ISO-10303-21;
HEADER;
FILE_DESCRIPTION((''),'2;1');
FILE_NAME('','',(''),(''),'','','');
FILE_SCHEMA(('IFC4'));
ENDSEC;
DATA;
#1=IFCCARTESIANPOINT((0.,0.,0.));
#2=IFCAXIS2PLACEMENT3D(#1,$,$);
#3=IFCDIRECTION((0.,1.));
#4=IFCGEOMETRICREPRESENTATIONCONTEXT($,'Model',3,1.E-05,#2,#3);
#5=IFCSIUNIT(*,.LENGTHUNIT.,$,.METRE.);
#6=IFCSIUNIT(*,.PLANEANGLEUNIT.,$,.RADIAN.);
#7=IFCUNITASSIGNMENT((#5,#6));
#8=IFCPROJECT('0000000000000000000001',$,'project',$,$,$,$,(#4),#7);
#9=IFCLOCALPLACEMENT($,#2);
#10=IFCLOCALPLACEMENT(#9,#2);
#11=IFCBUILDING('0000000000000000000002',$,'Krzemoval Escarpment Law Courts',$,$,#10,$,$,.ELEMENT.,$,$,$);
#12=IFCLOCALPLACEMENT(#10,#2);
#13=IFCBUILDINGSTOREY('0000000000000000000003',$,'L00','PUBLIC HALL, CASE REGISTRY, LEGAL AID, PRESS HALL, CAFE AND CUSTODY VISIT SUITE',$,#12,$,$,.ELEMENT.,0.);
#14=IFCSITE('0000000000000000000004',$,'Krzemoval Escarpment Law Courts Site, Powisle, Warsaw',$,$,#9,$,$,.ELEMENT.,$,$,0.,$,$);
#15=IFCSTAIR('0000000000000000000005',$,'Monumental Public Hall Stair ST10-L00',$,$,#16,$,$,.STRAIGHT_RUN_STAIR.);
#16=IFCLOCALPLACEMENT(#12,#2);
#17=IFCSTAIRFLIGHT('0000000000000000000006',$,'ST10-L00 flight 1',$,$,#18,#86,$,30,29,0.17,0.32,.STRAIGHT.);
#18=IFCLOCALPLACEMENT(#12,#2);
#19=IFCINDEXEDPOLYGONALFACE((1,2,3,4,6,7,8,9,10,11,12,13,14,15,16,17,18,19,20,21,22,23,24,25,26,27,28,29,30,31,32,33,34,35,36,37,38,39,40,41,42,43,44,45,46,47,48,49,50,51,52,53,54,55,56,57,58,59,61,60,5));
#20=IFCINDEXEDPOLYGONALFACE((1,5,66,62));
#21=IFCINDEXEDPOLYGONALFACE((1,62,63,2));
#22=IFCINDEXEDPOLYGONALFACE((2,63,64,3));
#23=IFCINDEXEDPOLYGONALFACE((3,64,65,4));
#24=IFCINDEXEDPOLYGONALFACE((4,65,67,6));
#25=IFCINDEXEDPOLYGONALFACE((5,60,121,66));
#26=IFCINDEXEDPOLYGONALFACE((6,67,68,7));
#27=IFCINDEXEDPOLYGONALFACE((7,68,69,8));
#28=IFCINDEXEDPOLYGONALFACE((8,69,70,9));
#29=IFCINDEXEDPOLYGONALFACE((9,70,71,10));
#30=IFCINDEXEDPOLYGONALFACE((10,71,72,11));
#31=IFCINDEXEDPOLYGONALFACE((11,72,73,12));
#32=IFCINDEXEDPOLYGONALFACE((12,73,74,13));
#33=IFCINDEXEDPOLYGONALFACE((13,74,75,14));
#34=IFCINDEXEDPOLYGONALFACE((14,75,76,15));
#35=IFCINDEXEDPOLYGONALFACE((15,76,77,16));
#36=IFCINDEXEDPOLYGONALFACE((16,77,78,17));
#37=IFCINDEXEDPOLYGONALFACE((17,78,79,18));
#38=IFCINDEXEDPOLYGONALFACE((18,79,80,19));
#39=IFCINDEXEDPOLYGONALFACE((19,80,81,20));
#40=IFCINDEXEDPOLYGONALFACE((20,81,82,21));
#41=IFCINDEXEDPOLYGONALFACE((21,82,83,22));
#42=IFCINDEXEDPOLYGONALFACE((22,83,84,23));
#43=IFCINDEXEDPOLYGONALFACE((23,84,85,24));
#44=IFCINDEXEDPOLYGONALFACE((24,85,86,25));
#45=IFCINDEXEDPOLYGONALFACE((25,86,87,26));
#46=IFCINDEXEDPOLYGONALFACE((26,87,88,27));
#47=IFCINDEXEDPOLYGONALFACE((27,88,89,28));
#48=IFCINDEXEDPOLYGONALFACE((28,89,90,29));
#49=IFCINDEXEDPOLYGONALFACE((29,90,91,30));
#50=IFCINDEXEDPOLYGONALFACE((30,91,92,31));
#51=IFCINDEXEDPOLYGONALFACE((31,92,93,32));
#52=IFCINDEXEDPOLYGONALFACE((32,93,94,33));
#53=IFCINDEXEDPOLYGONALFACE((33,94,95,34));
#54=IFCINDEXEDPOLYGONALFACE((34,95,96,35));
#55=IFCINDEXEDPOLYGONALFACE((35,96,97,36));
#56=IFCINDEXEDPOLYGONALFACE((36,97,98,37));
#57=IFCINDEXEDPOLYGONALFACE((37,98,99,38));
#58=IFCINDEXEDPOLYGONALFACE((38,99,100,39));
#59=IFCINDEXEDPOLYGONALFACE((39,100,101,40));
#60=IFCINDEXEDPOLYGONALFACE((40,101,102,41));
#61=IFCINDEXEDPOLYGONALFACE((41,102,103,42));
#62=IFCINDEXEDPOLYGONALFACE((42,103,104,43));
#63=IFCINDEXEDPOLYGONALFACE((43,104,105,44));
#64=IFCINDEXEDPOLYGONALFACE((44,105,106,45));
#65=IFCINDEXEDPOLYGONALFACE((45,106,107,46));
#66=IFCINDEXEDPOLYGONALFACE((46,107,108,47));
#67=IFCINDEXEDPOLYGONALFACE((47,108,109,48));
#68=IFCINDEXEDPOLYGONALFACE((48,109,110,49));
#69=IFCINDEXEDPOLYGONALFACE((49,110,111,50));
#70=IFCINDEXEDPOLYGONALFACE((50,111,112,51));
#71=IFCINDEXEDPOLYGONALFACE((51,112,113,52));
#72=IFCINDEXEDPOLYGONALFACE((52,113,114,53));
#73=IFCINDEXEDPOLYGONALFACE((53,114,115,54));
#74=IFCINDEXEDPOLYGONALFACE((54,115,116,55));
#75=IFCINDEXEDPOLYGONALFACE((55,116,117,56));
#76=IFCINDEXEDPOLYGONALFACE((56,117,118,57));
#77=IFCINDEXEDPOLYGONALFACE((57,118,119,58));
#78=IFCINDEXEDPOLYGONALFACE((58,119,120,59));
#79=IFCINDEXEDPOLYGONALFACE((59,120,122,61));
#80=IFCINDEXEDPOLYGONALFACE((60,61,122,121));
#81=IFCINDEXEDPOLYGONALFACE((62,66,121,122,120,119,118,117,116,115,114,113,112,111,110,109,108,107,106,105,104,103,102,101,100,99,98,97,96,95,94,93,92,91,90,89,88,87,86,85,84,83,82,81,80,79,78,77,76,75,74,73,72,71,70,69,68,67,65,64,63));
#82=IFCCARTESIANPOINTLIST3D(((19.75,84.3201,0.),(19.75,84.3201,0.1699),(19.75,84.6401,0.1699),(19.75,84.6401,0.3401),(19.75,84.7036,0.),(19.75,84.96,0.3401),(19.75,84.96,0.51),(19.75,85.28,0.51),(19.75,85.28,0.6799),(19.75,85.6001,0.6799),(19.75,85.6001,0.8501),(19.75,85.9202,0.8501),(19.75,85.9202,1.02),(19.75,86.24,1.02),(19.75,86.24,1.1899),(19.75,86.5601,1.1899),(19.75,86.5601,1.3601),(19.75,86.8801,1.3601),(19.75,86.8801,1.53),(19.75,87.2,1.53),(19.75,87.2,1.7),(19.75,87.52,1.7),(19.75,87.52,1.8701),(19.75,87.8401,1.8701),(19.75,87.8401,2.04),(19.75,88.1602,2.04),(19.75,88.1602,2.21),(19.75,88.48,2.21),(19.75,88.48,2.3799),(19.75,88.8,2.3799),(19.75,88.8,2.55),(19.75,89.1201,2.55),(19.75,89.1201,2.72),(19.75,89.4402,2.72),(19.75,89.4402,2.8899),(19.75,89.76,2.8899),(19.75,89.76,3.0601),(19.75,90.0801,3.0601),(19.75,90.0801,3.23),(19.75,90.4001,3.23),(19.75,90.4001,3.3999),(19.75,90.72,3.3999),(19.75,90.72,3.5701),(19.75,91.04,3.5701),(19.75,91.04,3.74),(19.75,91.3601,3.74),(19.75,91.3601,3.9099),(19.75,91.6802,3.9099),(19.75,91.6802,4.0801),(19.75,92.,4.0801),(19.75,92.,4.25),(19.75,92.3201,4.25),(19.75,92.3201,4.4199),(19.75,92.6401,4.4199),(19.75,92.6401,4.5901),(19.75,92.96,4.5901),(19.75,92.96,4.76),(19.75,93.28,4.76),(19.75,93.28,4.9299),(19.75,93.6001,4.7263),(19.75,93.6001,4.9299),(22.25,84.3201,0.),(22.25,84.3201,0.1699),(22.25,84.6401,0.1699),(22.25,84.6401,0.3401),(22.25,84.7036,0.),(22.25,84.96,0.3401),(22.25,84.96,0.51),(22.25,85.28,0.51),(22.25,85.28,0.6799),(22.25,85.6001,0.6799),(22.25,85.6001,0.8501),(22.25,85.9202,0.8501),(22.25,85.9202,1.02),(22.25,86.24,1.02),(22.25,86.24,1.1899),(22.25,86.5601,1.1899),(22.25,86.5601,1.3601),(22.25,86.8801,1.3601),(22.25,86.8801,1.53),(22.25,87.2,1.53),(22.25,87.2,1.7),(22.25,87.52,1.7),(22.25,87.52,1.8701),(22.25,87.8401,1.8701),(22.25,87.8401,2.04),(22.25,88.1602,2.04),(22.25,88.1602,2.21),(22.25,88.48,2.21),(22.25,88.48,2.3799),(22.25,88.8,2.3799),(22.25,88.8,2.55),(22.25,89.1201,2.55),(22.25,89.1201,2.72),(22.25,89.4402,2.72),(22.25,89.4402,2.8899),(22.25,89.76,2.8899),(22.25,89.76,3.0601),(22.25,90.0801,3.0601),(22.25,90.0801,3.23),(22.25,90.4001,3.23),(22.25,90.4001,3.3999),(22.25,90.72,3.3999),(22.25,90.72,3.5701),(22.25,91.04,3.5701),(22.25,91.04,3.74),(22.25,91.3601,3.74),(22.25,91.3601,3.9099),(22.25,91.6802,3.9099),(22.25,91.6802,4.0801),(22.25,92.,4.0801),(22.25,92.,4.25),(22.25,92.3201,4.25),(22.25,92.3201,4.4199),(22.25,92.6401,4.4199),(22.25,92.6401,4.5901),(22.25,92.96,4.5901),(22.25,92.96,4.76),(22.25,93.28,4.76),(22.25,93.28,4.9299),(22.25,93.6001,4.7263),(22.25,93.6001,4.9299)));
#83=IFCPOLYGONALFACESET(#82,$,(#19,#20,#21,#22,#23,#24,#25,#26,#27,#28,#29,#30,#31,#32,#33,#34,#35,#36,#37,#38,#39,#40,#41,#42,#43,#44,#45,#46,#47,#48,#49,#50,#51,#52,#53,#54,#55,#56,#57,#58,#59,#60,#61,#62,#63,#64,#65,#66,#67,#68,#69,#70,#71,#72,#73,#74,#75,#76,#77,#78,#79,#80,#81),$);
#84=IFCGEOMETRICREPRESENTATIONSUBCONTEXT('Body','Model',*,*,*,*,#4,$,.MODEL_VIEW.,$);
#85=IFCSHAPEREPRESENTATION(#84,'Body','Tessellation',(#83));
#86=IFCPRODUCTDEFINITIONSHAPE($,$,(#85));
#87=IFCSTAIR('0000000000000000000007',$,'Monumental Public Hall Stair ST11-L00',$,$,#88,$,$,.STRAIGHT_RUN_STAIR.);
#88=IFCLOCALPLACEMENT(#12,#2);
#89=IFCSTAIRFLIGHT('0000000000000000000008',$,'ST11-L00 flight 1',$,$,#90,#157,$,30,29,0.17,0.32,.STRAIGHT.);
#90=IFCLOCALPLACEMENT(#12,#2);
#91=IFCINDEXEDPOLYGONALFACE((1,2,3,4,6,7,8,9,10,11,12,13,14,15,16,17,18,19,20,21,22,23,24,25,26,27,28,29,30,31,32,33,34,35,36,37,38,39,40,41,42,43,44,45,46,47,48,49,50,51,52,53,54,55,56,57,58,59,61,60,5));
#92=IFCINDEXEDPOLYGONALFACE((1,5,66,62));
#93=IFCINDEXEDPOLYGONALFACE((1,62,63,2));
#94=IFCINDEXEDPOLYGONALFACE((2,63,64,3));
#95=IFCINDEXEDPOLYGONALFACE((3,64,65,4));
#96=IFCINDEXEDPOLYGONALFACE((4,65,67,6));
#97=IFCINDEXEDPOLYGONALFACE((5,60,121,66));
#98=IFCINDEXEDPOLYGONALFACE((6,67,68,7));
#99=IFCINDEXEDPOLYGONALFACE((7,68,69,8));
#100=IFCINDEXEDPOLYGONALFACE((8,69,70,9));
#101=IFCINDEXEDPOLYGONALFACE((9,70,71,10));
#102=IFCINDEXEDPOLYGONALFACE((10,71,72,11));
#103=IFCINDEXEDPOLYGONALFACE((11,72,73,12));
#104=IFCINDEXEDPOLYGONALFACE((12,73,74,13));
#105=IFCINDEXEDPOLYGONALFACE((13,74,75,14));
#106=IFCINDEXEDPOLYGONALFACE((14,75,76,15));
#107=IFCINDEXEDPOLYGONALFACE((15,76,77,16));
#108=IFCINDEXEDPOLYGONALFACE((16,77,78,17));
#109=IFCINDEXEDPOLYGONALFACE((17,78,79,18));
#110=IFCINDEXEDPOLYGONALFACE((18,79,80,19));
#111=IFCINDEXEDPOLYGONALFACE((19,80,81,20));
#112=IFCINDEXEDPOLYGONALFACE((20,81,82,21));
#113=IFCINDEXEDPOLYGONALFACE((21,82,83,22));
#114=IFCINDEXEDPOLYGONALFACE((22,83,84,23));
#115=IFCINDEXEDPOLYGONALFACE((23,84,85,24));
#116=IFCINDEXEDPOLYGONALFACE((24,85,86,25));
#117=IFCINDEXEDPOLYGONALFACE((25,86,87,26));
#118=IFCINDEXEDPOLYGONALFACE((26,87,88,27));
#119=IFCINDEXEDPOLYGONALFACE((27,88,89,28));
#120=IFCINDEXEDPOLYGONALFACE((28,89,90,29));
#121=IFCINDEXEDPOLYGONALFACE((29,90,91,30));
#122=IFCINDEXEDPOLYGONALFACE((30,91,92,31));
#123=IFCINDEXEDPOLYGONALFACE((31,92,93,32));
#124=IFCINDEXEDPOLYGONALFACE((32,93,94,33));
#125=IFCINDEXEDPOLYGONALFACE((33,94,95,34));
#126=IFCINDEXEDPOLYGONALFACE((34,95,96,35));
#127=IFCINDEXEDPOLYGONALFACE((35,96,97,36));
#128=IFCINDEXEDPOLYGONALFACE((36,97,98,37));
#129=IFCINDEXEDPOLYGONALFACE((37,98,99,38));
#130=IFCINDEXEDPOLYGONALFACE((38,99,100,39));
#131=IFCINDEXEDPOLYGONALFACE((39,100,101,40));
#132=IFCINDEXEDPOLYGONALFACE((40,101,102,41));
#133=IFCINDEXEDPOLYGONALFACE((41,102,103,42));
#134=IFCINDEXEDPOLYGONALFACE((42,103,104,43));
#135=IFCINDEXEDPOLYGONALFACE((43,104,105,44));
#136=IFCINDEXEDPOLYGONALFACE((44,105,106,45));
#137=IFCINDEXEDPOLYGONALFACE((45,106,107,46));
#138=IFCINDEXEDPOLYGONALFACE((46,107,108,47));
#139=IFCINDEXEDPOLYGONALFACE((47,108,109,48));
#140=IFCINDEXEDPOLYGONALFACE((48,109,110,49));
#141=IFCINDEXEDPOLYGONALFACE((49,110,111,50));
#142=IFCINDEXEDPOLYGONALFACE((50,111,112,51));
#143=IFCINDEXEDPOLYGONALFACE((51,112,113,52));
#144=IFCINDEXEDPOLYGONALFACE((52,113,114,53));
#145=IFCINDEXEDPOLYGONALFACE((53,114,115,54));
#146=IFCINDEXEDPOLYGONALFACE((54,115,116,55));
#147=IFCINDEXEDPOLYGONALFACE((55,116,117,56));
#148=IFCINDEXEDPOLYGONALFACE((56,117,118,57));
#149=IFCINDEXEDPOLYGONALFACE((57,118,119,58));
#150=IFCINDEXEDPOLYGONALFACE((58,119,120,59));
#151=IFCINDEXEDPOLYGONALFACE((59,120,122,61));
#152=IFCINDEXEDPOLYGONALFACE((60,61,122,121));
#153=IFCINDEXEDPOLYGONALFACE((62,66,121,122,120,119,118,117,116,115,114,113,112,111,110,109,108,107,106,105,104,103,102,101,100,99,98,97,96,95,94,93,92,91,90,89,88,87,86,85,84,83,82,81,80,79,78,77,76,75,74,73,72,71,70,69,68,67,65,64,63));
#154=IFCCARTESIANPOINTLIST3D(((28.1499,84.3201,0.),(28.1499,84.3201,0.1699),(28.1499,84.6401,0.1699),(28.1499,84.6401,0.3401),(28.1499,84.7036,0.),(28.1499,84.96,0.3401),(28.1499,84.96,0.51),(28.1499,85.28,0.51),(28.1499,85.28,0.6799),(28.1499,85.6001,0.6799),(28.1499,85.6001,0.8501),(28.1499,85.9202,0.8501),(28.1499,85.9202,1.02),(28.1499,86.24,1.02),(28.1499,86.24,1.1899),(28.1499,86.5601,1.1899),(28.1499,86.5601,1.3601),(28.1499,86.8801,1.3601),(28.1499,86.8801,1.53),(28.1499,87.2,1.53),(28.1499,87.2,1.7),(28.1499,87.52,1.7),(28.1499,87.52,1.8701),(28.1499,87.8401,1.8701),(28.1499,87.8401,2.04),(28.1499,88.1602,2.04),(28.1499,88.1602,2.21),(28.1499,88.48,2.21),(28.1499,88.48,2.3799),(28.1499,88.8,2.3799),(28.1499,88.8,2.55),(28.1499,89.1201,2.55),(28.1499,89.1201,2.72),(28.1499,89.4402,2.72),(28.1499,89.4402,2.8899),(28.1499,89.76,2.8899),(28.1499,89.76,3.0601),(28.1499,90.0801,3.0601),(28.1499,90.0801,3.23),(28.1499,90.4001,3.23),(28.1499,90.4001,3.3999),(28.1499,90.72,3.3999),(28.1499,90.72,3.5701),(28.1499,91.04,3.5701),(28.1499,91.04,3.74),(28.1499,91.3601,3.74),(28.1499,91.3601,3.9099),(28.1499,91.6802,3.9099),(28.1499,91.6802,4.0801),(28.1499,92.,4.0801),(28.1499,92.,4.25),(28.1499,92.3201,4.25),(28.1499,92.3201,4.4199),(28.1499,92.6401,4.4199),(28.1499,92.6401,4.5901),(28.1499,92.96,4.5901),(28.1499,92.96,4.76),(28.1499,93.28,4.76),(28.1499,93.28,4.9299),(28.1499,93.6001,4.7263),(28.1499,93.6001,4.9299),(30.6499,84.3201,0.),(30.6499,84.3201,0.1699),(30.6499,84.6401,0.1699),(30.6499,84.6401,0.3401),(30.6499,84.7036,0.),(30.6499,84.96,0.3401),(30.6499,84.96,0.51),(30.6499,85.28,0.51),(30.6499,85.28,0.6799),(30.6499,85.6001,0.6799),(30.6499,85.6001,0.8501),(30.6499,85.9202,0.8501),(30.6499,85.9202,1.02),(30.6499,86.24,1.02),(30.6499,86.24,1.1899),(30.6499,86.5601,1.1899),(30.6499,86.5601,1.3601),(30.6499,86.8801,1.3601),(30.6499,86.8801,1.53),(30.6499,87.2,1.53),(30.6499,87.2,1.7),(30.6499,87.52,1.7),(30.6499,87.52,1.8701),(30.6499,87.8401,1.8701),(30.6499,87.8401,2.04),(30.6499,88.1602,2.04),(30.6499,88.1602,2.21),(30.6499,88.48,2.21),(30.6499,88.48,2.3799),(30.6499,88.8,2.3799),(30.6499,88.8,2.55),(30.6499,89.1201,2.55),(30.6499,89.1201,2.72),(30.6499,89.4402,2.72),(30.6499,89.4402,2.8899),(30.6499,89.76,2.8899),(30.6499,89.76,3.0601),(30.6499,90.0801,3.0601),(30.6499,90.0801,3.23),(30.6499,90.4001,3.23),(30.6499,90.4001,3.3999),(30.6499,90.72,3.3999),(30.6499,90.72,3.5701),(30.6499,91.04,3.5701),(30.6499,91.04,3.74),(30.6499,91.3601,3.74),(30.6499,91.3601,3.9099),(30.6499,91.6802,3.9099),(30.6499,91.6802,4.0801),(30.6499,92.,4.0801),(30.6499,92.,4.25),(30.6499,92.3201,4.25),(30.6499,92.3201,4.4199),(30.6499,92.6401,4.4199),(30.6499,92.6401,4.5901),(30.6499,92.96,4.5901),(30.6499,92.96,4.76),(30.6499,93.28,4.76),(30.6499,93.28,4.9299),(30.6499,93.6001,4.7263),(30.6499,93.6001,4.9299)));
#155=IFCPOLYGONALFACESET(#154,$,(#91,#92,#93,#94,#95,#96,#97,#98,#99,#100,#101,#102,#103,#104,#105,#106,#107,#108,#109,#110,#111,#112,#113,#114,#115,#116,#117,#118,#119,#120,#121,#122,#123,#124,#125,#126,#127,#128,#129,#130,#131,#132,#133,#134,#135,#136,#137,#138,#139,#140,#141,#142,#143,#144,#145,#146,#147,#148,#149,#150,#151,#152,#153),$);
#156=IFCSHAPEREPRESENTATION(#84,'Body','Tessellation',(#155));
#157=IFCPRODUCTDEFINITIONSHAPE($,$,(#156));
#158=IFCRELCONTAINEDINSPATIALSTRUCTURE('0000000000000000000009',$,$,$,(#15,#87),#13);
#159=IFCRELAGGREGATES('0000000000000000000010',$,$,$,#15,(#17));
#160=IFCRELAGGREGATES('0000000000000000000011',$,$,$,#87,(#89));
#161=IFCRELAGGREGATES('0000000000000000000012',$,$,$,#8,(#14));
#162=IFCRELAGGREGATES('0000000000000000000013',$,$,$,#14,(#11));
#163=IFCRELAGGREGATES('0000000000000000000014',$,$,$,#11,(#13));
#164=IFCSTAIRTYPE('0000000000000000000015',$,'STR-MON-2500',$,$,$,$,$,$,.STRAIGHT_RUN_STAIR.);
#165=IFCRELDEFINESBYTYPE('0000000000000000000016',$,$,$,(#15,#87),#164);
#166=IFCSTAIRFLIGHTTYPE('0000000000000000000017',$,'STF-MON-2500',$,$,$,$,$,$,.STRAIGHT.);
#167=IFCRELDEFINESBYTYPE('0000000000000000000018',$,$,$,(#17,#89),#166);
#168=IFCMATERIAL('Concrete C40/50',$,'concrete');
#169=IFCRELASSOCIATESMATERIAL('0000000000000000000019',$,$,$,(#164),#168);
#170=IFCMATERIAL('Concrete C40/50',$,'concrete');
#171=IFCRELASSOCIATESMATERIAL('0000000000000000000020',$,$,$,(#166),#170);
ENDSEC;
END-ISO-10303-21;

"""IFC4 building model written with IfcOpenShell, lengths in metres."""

from ifc_helpers import new_model, si_unit, direction, frame, origin, place, context, subcontext, project, spatial, polyline, outline, extrude, material, type_object, element, aggregate, save


model = new_model("IFC4")

# Units and contexts
model_context = context("Model", 3, precision=1e-05, world=origin(), true_north=direction((0.0, 1.0)))
body_context = subcontext(model_context, "Body", "Model", "MODEL_VIEW")
ifc_project = project(units=[si_unit("LENGTHUNIT", "METRE"), si_unit("PLANEANGLEUNIT", "RADIAN")], contexts=[model_context])

# Site, building, storey
site_placement = place(None, origin())
site = spatial("IfcSite", under=ifc_project, at=site_placement, Name="Krzemoval Escarpment Law Courts Site, Powisle, Warsaw", CompositionType="ELEMENT", RefElevation=0.0)
building_placement = place(site_placement, origin())
building = spatial("IfcBuilding", under=site, at=building_placement, Name="Krzemoval Escarpment Law Courts", CompositionType="ELEMENT")
storey_placement = place(building_placement, origin())
storey = spatial("IfcBuildingStorey", under=building, at=storey_placement, Name="L00", Description="PUBLIC HALL, CASE REGISTRY, LEGAL AID, PRESS HALL, CAFE AND CUSTODY VISIT SUITE", CompositionType="ELEMENT", Elevation=0.0)

# Stairs, stair flights
ifc_material_1 = material(Name="Concrete C40/50", Category="concrete")
stair_type = type_object("IfcStairType", Name="STR-MON-2500", PredefinedType="STRAIGHT_RUN_STAIR", material=ifc_material_1)
stair_1_placement = place(storey_placement, origin())
stair_1 = element("IfcStair", 1, at=stair_1_placement, inside=storey, type_object=stair_type, Name="Monumental Public Hall Stair ST10-L00", PredefinedType="STRAIGHT_RUN_STAIR")
ifc_material_2 = material(Name="Concrete C40/50", Category="concrete")
stair_flight_type = type_object("IfcStairFlightType", Name="STF-MON-2500", PredefinedType="STRAIGHT", material=ifc_material_2)
stair_flight_1_placement = place(storey_placement, frame((21.0, 84.3201, 0.0), z_axis=(0.0, 0.0, 1.0), x_axis=(0.0, 1.0, 0.0)))
stair_flight_1 = element("IfcStairFlight", 2, at=stair_flight_1_placement, type_object=stair_flight_type, Name="ST10-L00 flight 1", NumberOfRisers=30, NumberOfTreads=29, PredefinedType="STRAIGHT", RiserHeight=0.17, TreadLength=0.32, context=body_context, shape_type="SweptSolid", body=[
    extrude(outline(polyline([(0.0, 0.0), (0.0, 0.1699), (0.3201, 0.1699), (0.3201, 0.3401), (0.6399, 0.3401), (0.6399, 0.51), (0.96, 0.51), (0.96, 0.6799), (1.28, 0.6799), (1.28, 0.8501), (1.6001, 0.8501), (1.6001, 1.02), (1.9199, 1.02), (1.9199, 1.1899), (2.24, 1.1899), (2.24, 1.3601), (2.5601, 1.3601), (2.5601, 1.53), (2.8799, 1.53), (2.8799, 1.7), (3.2, 1.7), (3.2, 1.8701), (3.52, 1.8701), (3.52, 2.04), (3.8401, 2.04), (3.8401, 2.21), (4.1599, 2.21), (4.1599, 2.3799), (4.48, 2.3799), (4.48, 2.55), (4.8, 2.55), (4.8, 2.72), (5.1201, 2.72), (5.1201, 2.8899), (5.4399, 2.8899), (5.4399, 3.0601), (5.76, 3.0601), (5.76, 3.23), (6.0801, 3.23), (6.0801, 3.3999), (6.3999, 3.3999), (6.3999, 3.5701), (6.72, 3.5701), (6.72, 3.74), (7.04, 3.74), (7.04, 3.9099), (7.3601, 3.9099), (7.3601, 4.0801), (7.6799, 4.0801), (7.6799, 4.25), (8.0, 4.25), (8.0, 4.4199), (8.3201, 4.4199), (8.3201, 4.5901), (8.6399, 4.5901), (8.6399, 4.76), (8.96, 4.76), (8.96, 4.9299), (9.28, 4.9299), (9.28, 5.1001), (9.28, 4.7263), (0.3835, 0.0), (0.0, 0.0)])), frame((0.0, 1.25, 0.0), z_axis=(0.0, -1.0, 0.0), x_axis=(1.0, 0.0, 0.0)), (0.0, 0.0, 1.0), 2.5),
])
aggregate(stair_1, [stair_flight_1])
stair_2_placement = place(storey_placement, origin())
stair_2 = element("IfcStair", 3, at=stair_2_placement, inside=storey, type_object=stair_type, Name="Monumental Public Hall Stair ST11-L00", PredefinedType="STRAIGHT_RUN_STAIR")
stair_flight_2_placement = place(storey_placement, frame((29.3999, 84.3201, 0.0), z_axis=(0.0, 0.0, 1.0), x_axis=(0.0, 1.0, 0.0)))
stair_flight_2 = element("IfcStairFlight", 4, at=stair_flight_2_placement, type_object=stair_flight_type, Name="ST11-L00 flight 1", NumberOfRisers=30, NumberOfTreads=29, PredefinedType="STRAIGHT", RiserHeight=0.17, TreadLength=0.32, context=body_context, shape_type="SweptSolid", body=[
    extrude(outline(polyline([(0.0, 0.0), (0.0, 0.1699), (0.3201, 0.1699), (0.3201, 0.3401), (0.6399, 0.3401), (0.6399, 0.51), (0.96, 0.51), (0.96, 0.6799), (1.28, 0.6799), (1.28, 0.8501), (1.6001, 0.8501), (1.6001, 1.02), (1.9199, 1.02), (1.9199, 1.1899), (2.24, 1.1899), (2.24, 1.3601), (2.5601, 1.3601), (2.5601, 1.53), (2.8799, 1.53), (2.8799, 1.7), (3.2, 1.7), (3.2, 1.8701), (3.52, 1.8701), (3.52, 2.04), (3.8401, 2.04), (3.8401, 2.21), (4.1599, 2.21), (4.1599, 2.3799), (4.48, 2.3799), (4.48, 2.55), (4.8, 2.55), (4.8, 2.72), (5.1201, 2.72), (5.1201, 2.8899), (5.4399, 2.8899), (5.4399, 3.0601), (5.76, 3.0601), (5.76, 3.23), (6.0801, 3.23), (6.0801, 3.3999), (6.3999, 3.3999), (6.3999, 3.5701), (6.72, 3.5701), (6.72, 3.74), (7.04, 3.74), (7.04, 3.9099), (7.3601, 3.9099), (7.3601, 4.0801), (7.6799, 4.0801), (7.6799, 4.25), (8.0, 4.25), (8.0, 4.4199), (8.3201, 4.4199), (8.3201, 4.5901), (8.6399, 4.5901), (8.6399, 4.76), (8.96, 4.76), (8.96, 4.9299), (9.28, 4.9299), (9.28, 5.1001), (9.28, 4.7263), (0.3835, 0.0), (0.0, 0.0)])), frame((0.0, 1.25, 0.0), z_axis=(0.0, -1.0, 0.0), x_axis=(1.0, 0.0, 0.0)), (0.0, 0.0, 1.0), 2.5),
])
aggregate(stair_2, [stair_flight_2])

save(model, "model.ifc")
